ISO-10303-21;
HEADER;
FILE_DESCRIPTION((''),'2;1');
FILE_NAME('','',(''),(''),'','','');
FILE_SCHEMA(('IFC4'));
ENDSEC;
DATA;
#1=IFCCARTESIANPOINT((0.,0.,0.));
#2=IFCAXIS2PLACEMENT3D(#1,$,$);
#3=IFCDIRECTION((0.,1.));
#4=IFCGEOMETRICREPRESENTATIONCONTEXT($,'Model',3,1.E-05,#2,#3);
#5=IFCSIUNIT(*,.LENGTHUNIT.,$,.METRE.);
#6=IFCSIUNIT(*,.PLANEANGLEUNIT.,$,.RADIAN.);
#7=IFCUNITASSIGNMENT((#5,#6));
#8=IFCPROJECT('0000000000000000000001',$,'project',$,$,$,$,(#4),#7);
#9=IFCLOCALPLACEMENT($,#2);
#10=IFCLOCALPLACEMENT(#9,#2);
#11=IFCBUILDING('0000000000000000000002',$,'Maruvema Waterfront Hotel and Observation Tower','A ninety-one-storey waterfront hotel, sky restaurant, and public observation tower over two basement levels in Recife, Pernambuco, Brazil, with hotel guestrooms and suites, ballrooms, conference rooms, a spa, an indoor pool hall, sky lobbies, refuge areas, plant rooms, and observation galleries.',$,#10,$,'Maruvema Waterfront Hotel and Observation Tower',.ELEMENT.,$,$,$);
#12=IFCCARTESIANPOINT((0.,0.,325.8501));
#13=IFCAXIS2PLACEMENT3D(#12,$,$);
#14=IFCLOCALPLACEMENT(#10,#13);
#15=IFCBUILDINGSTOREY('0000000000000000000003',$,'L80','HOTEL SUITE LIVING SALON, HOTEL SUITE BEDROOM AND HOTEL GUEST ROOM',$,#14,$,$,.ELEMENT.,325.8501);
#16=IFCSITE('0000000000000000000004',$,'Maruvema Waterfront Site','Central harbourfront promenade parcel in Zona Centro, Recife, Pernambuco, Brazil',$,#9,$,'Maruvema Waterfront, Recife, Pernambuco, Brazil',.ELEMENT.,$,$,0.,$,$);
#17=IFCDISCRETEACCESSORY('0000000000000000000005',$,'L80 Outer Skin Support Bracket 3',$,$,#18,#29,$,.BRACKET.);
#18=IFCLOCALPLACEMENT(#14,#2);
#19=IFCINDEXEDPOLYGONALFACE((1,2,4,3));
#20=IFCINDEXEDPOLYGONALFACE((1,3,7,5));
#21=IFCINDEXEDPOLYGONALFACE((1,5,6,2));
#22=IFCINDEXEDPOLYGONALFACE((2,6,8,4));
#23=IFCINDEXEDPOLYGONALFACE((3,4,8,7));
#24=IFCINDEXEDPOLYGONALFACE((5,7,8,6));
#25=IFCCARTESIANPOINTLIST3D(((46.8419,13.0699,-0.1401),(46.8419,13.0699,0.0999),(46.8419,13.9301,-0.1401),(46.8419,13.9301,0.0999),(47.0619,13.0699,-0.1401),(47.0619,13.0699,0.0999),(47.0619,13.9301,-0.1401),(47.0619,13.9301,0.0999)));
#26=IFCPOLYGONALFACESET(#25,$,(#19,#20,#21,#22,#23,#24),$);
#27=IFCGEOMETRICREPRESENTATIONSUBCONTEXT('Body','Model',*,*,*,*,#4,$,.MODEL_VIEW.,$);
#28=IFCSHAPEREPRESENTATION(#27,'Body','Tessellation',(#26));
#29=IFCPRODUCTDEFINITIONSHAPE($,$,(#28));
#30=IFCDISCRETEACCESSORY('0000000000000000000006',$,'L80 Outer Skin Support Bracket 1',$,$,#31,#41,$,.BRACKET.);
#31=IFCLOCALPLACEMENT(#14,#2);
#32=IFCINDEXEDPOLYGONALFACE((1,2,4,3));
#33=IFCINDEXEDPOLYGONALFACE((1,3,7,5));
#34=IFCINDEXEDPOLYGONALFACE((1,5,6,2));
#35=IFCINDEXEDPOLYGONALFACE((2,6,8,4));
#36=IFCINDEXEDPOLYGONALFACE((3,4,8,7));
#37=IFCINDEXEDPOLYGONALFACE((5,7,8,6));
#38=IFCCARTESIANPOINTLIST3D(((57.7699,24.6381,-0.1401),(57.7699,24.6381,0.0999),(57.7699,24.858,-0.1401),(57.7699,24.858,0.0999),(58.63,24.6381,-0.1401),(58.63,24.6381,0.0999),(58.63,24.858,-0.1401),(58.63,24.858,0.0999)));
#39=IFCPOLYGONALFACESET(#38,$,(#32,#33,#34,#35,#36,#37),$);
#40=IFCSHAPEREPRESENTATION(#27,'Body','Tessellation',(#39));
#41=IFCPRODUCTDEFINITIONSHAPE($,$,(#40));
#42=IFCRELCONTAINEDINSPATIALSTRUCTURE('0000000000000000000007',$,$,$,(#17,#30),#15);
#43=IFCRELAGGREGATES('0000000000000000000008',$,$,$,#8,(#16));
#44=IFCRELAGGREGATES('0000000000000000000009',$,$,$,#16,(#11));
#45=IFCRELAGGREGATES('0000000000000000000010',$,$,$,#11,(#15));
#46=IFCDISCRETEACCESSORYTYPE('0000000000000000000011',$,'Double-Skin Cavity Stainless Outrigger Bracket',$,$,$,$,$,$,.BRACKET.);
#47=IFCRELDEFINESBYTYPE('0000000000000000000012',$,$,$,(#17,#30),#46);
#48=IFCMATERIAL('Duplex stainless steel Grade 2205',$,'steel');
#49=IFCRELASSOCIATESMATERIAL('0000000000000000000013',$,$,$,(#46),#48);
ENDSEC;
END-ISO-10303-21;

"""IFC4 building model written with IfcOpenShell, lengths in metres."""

from ifc_helpers import new_model, si_unit, direction, frame, origin, origin_2d, place, context, subcontext, project, spatial, rectangle, extrude, material, type_object, element, save


model = new_model("IFC4")

# Units and contexts
model_context = context("Model", 3, precision=1e-05, world=origin(), true_north=direction((0.0, 1.0)))
body_context = subcontext(model_context, "Body", "Model", "MODEL_VIEW")
ifc_project = project(units=[si_unit("LENGTHUNIT", "METRE"), si_unit("PLANEANGLEUNIT", "RADIAN")], contexts=[model_context])

# Site, building, storey
site_placement = place(None, origin())
site = spatial("IfcSite", under=ifc_project, at=site_placement, Name="Maruvema Waterfront Site", Description="Central harbourfront promenade parcel in Zona Centro, Recife, Pernambuco, Brazil", LongName="Maruvema Waterfront, Recife, Pernambuco, Brazil", CompositionType="ELEMENT", RefElevation=0.0)
building_placement = place(site_placement, origin())
building = spatial("IfcBuilding", under=site, at=building_placement, Name="Maruvema Waterfront Hotel and Observation Tower", Description="A ninety-one-storey waterfront hotel, sky restaurant, and public observation tower over two basement levels in Recife, Pernambuco, Brazil, with hotel guestrooms and suites, ballrooms, conference rooms, a spa, an indoor pool hall, sky lobbies, refuge areas, plant rooms, and observation galleries.", LongName="Maruvema Waterfront Hotel and Observation Tower", CompositionType="ELEMENT")
storey_placement = place(building_placement, frame((0.0, 0.0, 325.8501)))
storey = spatial("IfcBuildingStorey", under=building, at=storey_placement, Name="L80", Description="HOTEL SUITE LIVING SALON, HOTEL SUITE BEDROOM AND HOTEL GUEST ROOM", CompositionType="ELEMENT", Elevation=325.8501)

# Discrete accessories
ifc_material_1 = material(Name="Duplex stainless steel Grade 2205", Category="steel")
discrete_accessory_type = type_object("IfcDiscreteAccessoryType", Name="Double-Skin Cavity Stainless Outrigger Bracket", PredefinedType="BRACKET", material=ifc_material_1)
for number, where, z_axis, x_axis, name in (
    (1, (46.9519, 13.5, -0.1401), (0.0, 0.0, 1.0), (1.0, 0.0, 0.0), "L80 Outer Skin Support Bracket 3"),
    (2, (58.2, 24.748, -0.1401), (0.0, 0.0, 1.0), (0.0, 1.0, 0.0), "L80 Outer Skin Support Bracket 1"),
):
    element("IfcDiscreteAccessory", number, at=place(storey_placement, frame(where, z_axis=z_axis, x_axis=x_axis)), inside=storey, type_object=discrete_accessory_type, Name=name, PredefinedType="BRACKET", context=body_context, shape_type="SweptSolid", body=[
        extrude(rectangle(XDim=0.22, YDim=0.8601, at=origin_2d()), origin(), (0.0, 0.0, 1.0), 0.24),
    ])

save(model, "model.ifc")
